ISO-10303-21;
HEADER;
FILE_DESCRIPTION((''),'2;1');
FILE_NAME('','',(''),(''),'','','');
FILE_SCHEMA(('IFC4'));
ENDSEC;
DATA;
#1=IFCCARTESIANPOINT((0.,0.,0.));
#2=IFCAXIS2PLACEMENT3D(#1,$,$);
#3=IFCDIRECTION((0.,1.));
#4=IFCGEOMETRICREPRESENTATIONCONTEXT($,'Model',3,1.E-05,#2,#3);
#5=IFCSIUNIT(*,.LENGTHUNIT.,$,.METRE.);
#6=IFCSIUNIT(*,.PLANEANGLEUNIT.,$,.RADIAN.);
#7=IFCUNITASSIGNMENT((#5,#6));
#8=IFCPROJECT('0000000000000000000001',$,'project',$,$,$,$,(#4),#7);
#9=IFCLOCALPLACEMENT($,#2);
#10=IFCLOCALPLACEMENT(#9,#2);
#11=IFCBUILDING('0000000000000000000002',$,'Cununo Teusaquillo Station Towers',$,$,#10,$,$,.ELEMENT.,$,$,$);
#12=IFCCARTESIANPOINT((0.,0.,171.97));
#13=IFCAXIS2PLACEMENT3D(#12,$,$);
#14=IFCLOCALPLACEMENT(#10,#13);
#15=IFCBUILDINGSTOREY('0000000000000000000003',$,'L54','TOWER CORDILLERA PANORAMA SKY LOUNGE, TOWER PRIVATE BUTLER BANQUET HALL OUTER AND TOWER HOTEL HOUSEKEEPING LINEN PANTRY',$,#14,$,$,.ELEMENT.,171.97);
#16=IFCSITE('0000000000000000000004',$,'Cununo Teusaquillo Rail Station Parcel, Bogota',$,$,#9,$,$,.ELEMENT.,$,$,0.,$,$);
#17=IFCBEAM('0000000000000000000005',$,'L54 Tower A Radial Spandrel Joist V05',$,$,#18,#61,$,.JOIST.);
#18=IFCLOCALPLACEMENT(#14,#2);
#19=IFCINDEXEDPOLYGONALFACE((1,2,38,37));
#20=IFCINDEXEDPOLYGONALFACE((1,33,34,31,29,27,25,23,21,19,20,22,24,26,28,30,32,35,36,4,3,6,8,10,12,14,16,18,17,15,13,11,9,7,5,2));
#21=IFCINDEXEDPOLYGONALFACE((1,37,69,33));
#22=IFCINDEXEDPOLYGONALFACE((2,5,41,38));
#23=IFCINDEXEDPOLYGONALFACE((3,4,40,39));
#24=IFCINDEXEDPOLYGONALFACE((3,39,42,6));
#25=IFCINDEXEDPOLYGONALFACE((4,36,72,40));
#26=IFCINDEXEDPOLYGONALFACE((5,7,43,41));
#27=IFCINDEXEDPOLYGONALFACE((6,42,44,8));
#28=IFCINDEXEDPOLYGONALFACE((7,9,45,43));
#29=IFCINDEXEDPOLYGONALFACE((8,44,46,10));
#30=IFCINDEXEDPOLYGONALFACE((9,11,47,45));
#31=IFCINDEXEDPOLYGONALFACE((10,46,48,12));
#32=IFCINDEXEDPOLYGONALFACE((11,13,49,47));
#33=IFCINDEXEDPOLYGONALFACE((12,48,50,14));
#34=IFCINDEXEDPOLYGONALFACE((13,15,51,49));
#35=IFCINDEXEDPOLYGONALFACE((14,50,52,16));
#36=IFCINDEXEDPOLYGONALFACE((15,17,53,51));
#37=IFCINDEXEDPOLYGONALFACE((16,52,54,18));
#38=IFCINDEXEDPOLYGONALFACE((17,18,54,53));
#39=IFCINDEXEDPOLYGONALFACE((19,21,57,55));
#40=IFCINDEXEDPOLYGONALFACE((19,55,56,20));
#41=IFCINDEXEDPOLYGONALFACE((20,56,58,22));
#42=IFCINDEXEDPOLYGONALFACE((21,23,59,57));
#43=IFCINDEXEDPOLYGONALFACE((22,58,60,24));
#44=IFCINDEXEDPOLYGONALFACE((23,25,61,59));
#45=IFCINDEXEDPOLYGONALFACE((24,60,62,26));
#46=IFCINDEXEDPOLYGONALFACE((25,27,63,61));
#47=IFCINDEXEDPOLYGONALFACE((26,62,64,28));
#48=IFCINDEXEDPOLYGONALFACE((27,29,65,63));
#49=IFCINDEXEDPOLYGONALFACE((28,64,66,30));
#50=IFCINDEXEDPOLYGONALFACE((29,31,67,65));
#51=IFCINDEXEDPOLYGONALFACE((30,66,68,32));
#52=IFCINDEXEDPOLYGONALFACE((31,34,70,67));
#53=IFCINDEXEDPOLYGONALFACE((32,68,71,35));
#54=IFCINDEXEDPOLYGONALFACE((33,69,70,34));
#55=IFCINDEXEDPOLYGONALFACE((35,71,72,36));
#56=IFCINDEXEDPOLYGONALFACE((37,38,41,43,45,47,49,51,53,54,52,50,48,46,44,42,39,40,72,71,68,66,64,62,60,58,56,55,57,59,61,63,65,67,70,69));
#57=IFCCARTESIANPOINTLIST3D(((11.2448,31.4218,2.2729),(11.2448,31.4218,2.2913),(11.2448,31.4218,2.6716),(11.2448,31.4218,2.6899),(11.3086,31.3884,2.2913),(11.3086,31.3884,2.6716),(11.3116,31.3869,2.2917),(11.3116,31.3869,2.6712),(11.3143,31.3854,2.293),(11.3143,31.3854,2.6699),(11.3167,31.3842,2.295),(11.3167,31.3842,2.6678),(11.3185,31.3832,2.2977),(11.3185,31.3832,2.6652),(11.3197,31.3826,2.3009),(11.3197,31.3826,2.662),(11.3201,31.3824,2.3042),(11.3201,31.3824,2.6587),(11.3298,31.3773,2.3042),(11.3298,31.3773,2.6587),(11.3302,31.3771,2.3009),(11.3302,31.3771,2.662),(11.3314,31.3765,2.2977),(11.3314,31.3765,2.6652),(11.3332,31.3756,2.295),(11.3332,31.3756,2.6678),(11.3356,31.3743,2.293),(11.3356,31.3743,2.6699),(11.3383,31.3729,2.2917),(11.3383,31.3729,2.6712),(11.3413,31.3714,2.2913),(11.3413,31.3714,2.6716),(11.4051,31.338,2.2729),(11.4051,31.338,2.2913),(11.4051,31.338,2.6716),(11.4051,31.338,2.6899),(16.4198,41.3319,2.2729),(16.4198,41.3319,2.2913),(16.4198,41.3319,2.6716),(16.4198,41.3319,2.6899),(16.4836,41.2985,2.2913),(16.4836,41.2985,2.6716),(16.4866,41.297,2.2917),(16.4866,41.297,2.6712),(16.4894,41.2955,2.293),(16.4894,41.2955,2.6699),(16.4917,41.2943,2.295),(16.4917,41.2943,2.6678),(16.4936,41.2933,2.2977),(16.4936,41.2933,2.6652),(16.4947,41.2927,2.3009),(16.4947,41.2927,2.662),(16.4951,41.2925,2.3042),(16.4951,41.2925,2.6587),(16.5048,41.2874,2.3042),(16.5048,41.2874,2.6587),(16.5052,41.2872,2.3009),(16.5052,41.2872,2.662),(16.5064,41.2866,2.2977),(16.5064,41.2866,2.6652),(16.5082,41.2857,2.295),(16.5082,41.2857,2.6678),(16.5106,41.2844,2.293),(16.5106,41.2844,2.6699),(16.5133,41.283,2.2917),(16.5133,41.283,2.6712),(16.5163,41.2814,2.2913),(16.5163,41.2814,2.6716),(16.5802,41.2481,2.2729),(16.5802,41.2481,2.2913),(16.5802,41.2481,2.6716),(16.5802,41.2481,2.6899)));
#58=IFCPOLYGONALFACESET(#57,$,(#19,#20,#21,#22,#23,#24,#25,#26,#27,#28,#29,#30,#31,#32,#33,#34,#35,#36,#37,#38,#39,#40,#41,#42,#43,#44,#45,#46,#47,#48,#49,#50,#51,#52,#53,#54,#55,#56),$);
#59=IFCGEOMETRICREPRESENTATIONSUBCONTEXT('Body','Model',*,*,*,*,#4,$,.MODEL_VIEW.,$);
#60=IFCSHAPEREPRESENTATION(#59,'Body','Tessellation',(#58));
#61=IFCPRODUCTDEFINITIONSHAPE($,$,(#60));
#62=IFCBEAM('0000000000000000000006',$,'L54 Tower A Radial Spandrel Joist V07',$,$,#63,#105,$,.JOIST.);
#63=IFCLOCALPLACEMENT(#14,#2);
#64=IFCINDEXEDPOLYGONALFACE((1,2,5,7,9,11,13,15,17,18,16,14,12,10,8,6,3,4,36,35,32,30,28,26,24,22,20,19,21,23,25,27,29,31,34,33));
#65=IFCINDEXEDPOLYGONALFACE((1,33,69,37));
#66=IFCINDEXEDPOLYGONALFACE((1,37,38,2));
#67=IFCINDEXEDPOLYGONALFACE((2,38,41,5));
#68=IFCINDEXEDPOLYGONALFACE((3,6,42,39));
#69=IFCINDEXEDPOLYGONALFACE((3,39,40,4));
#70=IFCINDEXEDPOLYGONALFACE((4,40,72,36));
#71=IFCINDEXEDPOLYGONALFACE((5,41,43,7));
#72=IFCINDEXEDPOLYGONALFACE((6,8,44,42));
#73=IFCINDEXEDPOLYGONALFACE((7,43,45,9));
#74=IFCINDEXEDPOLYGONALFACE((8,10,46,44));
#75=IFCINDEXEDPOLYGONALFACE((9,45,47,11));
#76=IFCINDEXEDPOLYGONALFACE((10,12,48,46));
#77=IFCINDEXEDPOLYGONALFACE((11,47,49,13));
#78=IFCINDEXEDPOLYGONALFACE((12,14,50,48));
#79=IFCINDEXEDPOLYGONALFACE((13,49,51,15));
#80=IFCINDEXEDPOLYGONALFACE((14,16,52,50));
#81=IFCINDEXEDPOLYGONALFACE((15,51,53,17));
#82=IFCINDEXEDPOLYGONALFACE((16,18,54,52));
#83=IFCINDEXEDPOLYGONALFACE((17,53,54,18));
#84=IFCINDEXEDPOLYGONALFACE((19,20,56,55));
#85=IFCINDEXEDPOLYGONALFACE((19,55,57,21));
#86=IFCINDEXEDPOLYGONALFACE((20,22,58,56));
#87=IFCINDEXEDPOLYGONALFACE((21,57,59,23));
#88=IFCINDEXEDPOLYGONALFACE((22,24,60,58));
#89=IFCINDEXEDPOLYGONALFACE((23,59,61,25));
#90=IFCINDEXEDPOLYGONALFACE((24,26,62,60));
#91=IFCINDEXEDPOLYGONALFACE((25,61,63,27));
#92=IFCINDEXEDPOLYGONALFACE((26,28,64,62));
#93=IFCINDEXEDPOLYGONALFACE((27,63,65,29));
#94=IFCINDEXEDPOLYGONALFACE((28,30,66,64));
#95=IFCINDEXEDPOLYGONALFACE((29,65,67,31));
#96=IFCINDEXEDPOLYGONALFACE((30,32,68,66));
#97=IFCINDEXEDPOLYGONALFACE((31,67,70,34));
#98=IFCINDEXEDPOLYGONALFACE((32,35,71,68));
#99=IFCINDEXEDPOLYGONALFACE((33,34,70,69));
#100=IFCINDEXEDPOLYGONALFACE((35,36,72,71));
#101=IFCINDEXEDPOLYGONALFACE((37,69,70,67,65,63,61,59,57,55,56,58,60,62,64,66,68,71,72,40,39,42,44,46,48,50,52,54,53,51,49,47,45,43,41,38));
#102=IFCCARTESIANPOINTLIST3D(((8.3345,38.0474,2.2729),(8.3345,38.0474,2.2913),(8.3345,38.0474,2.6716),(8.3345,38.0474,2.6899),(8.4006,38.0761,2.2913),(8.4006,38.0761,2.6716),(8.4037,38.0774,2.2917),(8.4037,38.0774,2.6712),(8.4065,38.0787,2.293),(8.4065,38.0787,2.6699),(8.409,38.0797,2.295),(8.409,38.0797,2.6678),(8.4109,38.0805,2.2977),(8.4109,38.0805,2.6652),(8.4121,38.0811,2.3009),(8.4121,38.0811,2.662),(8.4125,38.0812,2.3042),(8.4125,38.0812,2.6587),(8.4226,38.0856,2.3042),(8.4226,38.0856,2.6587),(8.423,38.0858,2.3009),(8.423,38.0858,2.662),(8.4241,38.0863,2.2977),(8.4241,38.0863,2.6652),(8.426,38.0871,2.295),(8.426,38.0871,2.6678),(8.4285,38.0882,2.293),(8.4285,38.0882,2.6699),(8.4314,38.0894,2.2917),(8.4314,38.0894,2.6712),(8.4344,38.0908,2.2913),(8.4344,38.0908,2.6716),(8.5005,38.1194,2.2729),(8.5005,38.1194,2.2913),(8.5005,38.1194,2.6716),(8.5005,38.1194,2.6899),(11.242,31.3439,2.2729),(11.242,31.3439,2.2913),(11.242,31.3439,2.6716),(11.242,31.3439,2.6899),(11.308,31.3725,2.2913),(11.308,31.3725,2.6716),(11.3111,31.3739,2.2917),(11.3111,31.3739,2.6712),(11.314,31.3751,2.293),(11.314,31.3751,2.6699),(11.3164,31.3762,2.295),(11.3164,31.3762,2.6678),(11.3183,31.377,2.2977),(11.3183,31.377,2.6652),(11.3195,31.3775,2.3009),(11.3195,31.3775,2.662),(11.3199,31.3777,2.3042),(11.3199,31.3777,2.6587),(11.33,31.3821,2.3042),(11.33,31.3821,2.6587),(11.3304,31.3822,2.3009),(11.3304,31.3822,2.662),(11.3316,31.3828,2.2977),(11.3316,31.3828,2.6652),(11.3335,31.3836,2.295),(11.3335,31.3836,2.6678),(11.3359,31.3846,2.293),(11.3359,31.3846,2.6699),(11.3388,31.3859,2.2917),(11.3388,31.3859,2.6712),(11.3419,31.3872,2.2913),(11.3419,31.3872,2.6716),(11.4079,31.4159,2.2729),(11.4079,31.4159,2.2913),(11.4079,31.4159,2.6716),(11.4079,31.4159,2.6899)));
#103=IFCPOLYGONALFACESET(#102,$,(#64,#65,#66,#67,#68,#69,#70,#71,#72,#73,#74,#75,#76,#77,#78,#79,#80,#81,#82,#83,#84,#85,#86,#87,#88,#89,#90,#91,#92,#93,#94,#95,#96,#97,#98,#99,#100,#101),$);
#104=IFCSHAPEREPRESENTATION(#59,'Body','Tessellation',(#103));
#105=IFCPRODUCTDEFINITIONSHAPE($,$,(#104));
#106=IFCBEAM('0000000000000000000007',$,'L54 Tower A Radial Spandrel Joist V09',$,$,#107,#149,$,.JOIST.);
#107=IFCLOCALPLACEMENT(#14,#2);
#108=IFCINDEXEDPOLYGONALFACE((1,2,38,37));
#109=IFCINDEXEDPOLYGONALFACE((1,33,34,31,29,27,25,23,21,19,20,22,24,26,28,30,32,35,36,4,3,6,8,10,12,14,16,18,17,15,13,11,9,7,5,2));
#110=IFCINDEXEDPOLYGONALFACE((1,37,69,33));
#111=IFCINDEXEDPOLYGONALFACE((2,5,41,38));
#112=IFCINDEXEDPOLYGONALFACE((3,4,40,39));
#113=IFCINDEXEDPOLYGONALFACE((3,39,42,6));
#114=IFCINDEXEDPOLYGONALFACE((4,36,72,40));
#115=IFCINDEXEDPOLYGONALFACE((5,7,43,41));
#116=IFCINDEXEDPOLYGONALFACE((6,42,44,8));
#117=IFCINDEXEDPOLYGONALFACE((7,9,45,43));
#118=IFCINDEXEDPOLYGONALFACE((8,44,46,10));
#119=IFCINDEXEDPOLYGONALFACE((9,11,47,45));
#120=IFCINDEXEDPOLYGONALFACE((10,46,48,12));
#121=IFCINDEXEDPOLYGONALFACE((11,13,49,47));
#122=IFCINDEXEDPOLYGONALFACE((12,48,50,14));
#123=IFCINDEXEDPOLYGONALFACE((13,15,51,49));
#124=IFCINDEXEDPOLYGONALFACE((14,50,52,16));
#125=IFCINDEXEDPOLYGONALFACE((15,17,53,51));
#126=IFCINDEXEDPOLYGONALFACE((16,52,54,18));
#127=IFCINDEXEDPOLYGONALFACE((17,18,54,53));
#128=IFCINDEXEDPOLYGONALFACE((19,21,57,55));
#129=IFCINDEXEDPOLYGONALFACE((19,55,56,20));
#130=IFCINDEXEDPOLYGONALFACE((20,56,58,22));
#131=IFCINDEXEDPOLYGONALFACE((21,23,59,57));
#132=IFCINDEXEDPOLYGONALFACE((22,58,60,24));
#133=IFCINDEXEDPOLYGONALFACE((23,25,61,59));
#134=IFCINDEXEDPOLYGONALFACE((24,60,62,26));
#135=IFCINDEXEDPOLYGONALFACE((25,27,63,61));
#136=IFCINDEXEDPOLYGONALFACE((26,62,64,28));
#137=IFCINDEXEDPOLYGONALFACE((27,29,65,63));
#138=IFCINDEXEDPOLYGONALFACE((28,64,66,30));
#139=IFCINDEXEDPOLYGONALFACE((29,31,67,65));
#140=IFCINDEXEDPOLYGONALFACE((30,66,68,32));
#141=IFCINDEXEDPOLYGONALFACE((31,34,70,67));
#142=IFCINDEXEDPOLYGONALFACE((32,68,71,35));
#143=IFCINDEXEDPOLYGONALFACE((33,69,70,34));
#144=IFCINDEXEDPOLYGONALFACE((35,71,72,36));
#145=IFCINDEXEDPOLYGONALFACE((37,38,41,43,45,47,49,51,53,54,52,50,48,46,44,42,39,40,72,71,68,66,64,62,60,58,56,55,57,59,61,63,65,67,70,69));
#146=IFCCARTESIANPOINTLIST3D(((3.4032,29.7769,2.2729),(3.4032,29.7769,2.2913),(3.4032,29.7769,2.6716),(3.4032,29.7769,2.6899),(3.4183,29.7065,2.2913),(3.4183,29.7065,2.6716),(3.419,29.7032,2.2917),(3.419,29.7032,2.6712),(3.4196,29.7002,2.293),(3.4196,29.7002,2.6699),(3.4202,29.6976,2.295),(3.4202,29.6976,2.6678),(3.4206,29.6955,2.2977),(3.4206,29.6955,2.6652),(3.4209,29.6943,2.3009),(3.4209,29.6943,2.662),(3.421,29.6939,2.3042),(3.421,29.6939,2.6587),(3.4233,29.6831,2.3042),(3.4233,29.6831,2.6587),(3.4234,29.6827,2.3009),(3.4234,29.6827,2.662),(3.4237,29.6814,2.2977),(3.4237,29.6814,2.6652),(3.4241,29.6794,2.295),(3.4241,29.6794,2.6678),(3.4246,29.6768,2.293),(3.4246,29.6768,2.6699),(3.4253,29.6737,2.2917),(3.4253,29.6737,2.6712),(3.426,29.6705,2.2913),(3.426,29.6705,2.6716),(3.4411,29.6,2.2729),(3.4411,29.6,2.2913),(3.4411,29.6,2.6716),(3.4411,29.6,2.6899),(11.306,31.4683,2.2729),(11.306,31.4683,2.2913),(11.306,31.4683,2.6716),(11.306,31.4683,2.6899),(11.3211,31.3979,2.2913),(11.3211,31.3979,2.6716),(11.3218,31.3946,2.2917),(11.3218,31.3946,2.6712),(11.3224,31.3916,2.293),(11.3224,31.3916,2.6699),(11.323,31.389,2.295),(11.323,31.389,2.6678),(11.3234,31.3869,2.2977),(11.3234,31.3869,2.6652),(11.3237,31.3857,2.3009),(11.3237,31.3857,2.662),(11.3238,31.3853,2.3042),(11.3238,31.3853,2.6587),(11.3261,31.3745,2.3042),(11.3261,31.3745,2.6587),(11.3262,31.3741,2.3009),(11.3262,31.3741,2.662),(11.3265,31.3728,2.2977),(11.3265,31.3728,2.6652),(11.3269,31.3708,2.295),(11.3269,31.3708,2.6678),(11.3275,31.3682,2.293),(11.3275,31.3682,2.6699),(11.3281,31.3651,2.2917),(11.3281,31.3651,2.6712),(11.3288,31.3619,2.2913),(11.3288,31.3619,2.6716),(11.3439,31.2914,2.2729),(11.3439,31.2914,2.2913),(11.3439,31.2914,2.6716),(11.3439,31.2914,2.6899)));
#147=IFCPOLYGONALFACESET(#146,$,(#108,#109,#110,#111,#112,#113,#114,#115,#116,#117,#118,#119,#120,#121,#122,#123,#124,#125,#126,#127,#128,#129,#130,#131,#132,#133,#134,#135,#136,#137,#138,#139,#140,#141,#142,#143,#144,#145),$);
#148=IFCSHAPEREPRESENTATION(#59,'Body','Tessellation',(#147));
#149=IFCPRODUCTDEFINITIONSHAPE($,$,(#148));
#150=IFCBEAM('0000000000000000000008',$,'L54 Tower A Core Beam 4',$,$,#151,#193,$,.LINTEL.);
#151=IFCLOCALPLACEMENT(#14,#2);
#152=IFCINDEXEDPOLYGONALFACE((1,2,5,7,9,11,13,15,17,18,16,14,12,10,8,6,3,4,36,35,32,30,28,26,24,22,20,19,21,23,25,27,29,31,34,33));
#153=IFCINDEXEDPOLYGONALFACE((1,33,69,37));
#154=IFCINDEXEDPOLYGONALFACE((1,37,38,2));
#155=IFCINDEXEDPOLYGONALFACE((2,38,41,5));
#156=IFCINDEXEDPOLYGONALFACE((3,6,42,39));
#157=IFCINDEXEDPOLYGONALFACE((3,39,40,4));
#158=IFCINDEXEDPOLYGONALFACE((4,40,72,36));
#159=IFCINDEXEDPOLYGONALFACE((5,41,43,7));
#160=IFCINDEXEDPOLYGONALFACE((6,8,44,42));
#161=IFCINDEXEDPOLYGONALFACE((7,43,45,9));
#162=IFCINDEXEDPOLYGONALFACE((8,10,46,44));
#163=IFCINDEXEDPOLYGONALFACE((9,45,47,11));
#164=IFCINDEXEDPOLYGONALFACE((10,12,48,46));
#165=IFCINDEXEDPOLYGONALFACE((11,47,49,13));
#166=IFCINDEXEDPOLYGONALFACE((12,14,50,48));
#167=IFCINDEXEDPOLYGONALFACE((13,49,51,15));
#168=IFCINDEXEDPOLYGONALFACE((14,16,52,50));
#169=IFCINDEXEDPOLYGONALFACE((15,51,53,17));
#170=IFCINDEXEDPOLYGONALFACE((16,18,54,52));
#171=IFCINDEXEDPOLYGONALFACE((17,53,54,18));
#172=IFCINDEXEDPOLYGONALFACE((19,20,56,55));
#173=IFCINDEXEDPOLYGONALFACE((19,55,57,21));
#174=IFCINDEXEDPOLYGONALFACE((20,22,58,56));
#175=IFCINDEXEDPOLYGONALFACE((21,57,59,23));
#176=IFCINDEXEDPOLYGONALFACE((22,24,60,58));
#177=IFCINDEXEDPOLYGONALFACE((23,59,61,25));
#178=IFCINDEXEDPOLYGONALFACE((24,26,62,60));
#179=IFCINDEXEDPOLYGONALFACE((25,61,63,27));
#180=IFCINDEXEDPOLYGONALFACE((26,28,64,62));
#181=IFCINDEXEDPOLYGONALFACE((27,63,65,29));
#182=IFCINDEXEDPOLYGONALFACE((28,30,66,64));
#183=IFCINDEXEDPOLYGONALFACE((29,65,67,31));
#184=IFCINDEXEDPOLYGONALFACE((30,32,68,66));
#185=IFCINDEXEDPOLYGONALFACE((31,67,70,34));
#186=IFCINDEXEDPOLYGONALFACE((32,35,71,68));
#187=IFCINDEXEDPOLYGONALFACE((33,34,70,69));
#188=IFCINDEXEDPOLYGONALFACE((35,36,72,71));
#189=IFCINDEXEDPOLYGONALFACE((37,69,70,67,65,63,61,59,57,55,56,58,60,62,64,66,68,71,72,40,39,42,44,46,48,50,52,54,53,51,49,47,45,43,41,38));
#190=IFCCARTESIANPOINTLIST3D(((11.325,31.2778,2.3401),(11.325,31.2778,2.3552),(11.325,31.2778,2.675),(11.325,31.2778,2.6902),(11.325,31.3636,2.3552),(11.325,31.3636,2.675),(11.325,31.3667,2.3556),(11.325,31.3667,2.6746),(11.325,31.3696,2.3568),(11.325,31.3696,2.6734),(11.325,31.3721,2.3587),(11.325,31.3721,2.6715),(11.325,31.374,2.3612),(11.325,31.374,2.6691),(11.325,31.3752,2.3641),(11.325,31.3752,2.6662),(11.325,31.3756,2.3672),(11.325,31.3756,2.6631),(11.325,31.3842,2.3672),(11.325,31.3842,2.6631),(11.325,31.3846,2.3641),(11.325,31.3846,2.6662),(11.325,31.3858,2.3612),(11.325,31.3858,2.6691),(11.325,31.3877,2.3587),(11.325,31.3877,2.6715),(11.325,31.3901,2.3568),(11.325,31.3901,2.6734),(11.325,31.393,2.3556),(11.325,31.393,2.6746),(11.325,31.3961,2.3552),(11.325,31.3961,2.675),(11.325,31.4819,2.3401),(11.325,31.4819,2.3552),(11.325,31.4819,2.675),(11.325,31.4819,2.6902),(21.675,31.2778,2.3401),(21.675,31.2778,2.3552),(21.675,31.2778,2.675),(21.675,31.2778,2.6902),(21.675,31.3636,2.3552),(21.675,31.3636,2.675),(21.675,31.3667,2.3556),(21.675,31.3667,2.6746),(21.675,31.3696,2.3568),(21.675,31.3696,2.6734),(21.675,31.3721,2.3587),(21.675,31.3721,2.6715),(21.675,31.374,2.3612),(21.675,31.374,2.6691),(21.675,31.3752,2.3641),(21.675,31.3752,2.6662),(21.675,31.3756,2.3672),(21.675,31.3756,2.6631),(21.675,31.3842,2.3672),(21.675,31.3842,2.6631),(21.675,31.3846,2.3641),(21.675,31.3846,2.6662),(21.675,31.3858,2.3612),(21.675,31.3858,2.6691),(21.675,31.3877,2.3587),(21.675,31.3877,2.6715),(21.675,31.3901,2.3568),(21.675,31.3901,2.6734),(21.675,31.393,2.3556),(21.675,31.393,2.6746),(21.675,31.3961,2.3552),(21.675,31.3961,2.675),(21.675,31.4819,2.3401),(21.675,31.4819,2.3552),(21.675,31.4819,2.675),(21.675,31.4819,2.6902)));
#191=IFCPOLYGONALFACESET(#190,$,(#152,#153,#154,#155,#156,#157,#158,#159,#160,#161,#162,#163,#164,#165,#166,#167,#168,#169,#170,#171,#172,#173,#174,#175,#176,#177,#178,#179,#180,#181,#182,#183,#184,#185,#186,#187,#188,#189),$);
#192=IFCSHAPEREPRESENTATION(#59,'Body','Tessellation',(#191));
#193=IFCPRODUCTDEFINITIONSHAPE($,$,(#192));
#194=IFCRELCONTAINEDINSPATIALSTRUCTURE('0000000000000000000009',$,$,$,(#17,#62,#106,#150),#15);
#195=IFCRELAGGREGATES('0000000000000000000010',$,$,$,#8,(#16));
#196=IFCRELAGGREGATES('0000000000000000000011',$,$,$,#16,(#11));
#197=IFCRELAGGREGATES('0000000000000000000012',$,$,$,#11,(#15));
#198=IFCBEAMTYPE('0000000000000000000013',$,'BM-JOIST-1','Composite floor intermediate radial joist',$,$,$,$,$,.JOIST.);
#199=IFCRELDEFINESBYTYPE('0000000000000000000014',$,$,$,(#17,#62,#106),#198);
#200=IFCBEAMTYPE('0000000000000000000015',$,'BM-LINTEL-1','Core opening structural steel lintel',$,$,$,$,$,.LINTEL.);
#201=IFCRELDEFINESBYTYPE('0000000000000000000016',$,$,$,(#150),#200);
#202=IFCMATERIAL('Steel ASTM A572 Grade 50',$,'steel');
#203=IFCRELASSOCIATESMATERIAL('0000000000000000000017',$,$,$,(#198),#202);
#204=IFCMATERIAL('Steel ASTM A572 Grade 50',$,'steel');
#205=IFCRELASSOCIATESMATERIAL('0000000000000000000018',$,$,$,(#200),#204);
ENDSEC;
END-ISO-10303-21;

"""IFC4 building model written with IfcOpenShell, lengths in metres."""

from ifc_helpers import new_model, si_unit, direction, frame, origin, origin_2d, place, context, subcontext, project, spatial, i_section, extrude, material, material_profile, profile_set, type_object, element, save


model = new_model("IFC4")

# Units and contexts
model_context = context("Model", 3, precision=1e-05, world=origin(), true_north=direction((0.0, 1.0)))
body_context = subcontext(model_context, "Body", "Model", "MODEL_VIEW")
ifc_project = project(units=[si_unit("LENGTHUNIT", "METRE"), si_unit("PLANEANGLEUNIT", "RADIAN")], contexts=[model_context])

# Site, building, storey
site_placement = place(None, origin())
site = spatial("IfcSite", under=ifc_project, at=site_placement, Name="Cununo Teusaquillo Rail Station Parcel, Bogota", CompositionType="ELEMENT", RefElevation=0.0)
building_placement = place(site_placement, origin())
building = spatial("IfcBuilding", under=site, at=building_placement, Name="Cununo Teusaquillo Station Towers", CompositionType="ELEMENT")
storey_placement = place(building_placement, frame((0.0, 0.0, 171.97)))
storey = spatial("IfcBuildingStorey", under=building, at=storey_placement, Name="L54", Description="TOWER CORDILLERA PANORAMA SKY LOUNGE, TOWER PRIVATE BUTLER BANQUET HALL OUTER AND TOWER HOTEL HOUSEKEEPING LINEN PANTRY", CompositionType="ELEMENT", Elevation=171.97)

# Beams
ifc_material_1 = material(Name="Steel ASTM A572 Grade 50", Category="steel")
ifc_material_profile_1 = material_profile(ifc_material_1, i_section(OverallWidth=0.1809, OverallDepth=0.417, WebThickness=0.011, FlangeThickness=0.0183, FilletRadius=0.0129, at=origin_2d()), Name="W16X57")
ifc_profile_set_1 = profile_set([ifc_material_profile_1], Name="Steel ASTM A572 Grade 50")
beam_type_1 = type_object("IfcBeamType", Name="BM-JOIST-1", Description="Composite floor intermediate radial joist", PredefinedType="JOIST", material=ifc_profile_set_1)
beam_1_placement = place(storey_placement, frame((11.325, 31.3799, 2.4814), z_axis=(0.462885, 0.886419, 0.0), x_axis=(-0.886419, 0.462885, 0.0)))
element("IfcBeam", 1, at=beam_1_placement, inside=storey, type_object=beam_type_1, Name="L54 Tower A Radial Spandrel Joist V05", PredefinedType="JOIST", context=body_context, shape_type="SweptSolid", body=[
    extrude(i_section(OverallWidth=0.1809, OverallDepth=0.417, WebThickness=0.011, FlangeThickness=0.0183, FilletRadius=0.0129, at=origin_2d()), origin(), (0.0, 0.0, 1.0), 11.1799),
])
beam_2_placement = place(storey_placement, frame((11.325, 31.3799, 2.4814), z_axis=(-0.397904, 0.917427, 0.0), x_axis=(-0.917427, -0.397904, 0.0)))
element("IfcBeam", 2, at=beam_2_placement, inside=storey, type_object=beam_type_1, Name="L54 Tower A Radial Spandrel Joist V07", PredefinedType="JOIST", context=body_context, shape_type="SweptSolid", body=[
    extrude(i_section(OverallWidth=0.1809, OverallDepth=0.417, WebThickness=0.011, FlangeThickness=0.0183, FilletRadius=0.0129, at=origin_2d()), origin(), (0.0, 0.0, 1.0), 7.3069),
])
beam_3_placement = place(storey_placement, frame((11.325, 31.3799, 2.4814), z_axis=(-0.977855, -0.209286, 0.0), x_axis=(0.209286, -0.977855, 0.0)))
element("IfcBeam", 3, at=beam_3_placement, inside=storey, type_object=beam_type_1, Name="L54 Tower A Radial Spandrel Joist V09", PredefinedType="JOIST", context=body_context, shape_type="SweptSolid", body=[
    extrude(i_section(OverallWidth=0.1809, OverallDepth=0.417, WebThickness=0.011, FlangeThickness=0.0183, FilletRadius=0.0129, at=origin_2d()), origin(), (0.0, 0.0, 1.0), 8.0818),
])
ifc_material_2 = material(Name="Steel ASTM A572 Grade 50", Category="steel")
ifc_material_profile_2 = material_profile(ifc_material_2, i_section(OverallWidth=0.2041, OverallDepth=0.3501, WebThickness=0.0085, FlangeThickness=0.0151, FilletRadius=0.012, at=origin_2d()), Name="W14X48")
ifc_profile_set_2 = profile_set([ifc_material_profile_2], Name="Steel ASTM A572 Grade 50")
beam_type_2 = type_object("IfcBeamType", Name="BM-LINTEL-1", Description="Core opening structural steel lintel", PredefinedType="LINTEL", material=ifc_profile_set_2)
beam_4_placement = place(storey_placement, frame((11.325, 31.3799, 2.5151), z_axis=(1.0, 0.0, 0.0), x_axis=(0.0, 1.0, 0.0)))
element("IfcBeam", 4, at=beam_4_placement, inside=storey, type_object=beam_type_2, Name="L54 Tower A Core Beam 4", PredefinedType="LINTEL", context=body_context, shape_type="SweptSolid", body=[
    extrude(i_section(OverallWidth=0.2041, OverallDepth=0.3501, WebThickness=0.0085, FlangeThickness=0.0151, FilletRadius=0.012, at=origin_2d()), origin(), (0.0, 0.0, 1.0), 10.3501),
])

save(model, "model.ifc")
